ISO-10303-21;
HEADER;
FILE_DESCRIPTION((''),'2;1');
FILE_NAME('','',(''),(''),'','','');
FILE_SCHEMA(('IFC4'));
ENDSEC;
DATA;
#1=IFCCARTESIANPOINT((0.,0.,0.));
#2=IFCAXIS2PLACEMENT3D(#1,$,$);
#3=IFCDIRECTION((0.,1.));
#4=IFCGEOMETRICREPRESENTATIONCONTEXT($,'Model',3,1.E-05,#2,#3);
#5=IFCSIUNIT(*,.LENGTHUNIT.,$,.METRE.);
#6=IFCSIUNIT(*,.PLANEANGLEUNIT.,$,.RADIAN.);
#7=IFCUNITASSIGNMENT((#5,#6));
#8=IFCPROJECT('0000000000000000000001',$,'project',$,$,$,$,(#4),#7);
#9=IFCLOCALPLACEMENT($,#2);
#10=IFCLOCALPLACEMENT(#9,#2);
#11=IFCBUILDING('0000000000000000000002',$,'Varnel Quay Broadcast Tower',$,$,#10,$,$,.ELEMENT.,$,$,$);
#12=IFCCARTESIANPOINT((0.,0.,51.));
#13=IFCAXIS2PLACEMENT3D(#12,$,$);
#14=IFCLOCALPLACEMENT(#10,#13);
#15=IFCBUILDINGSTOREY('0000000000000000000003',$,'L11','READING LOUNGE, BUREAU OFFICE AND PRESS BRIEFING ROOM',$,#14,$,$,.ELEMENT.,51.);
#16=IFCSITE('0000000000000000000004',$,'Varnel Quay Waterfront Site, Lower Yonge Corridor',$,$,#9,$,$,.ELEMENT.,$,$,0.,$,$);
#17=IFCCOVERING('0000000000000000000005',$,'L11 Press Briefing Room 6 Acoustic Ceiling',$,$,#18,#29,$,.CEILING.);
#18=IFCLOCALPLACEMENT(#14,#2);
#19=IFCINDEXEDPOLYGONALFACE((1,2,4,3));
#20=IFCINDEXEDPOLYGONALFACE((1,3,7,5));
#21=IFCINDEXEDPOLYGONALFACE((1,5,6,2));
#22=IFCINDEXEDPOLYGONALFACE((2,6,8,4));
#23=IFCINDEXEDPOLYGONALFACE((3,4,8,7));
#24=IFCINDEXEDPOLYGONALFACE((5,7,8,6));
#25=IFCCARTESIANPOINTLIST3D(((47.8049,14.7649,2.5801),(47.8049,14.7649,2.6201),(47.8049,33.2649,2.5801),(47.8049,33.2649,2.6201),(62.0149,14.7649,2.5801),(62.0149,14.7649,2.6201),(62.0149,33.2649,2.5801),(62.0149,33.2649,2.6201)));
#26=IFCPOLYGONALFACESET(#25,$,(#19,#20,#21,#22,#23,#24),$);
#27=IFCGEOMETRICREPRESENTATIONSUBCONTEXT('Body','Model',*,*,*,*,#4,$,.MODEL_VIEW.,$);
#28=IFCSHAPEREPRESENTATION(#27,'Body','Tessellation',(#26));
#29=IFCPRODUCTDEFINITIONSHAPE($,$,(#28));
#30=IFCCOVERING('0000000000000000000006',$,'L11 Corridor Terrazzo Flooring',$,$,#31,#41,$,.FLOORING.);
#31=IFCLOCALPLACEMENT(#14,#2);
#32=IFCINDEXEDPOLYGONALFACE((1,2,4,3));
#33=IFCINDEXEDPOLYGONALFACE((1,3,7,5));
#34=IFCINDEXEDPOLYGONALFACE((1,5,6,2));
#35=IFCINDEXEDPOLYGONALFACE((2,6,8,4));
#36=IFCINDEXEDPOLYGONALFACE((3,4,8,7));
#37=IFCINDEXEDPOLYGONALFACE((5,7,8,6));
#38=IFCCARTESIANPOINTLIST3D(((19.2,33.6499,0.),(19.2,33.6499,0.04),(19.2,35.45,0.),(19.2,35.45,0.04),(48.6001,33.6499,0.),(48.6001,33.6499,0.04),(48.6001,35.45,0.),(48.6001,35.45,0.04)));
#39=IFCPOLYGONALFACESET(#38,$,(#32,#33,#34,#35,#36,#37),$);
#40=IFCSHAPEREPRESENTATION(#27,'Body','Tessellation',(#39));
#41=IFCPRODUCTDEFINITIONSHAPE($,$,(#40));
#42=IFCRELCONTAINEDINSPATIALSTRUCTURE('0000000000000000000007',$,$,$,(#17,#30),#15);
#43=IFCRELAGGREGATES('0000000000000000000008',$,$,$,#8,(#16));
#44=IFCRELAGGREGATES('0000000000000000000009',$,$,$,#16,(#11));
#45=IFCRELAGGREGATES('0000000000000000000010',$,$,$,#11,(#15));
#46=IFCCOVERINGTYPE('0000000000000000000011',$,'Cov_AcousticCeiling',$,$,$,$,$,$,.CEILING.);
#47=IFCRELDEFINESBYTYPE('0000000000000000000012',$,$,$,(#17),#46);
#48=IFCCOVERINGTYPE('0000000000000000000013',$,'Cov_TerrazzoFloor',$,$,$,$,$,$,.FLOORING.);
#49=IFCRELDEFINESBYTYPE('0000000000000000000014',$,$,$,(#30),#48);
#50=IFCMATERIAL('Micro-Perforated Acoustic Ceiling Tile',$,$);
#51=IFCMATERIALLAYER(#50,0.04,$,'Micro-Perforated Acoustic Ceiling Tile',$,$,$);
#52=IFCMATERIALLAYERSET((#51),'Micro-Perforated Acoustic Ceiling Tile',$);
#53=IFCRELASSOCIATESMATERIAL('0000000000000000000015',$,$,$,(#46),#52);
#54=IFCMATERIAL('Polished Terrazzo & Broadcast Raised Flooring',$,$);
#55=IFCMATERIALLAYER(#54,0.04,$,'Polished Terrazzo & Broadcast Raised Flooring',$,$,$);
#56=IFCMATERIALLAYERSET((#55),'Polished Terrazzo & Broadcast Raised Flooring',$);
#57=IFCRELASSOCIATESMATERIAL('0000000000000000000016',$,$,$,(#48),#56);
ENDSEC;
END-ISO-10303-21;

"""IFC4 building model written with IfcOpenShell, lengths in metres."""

from ifc_helpers import new_model, si_unit, direction, frame, origin, place, context, subcontext, project, spatial, polyline, outline, extrude, material, layer, layer_set, type_object, element, save


model = new_model("IFC4")

# Units and contexts
model_context = context("Model", 3, precision=1e-05, world=origin(), true_north=direction((0.0, 1.0)))
body_context = subcontext(model_context, "Body", "Model", "MODEL_VIEW")
ifc_project = project(units=[si_unit("LENGTHUNIT", "METRE"), si_unit("PLANEANGLEUNIT", "RADIAN")], contexts=[model_context])

# Site, building, storey
site_placement = place(None, origin())
site = spatial("IfcSite", under=ifc_project, at=site_placement, Name="Varnel Quay Waterfront Site, Lower Yonge Corridor", CompositionType="ELEMENT", RefElevation=0.0)
building_placement = place(site_placement, origin())
building = spatial("IfcBuilding", under=site, at=building_placement, Name="Varnel Quay Broadcast Tower", CompositionType="ELEMENT")
storey_placement = place(building_placement, frame((0.0, 0.0, 51.0)))
storey = spatial("IfcBuildingStorey", under=building, at=storey_placement, Name="L11", Description="READING LOUNGE, BUREAU OFFICE AND PRESS BRIEFING ROOM", CompositionType="ELEMENT", Elevation=51.0)

# Coverings
ifc_material_1 = material(Name="Micro-Perforated Acoustic Ceiling Tile")
ifc_layer_1 = layer(ifc_material_1, 0.04, Name="Micro-Perforated Acoustic Ceiling Tile")
ifc_layer_set_1 = layer_set([ifc_layer_1], Name="Micro-Perforated Acoustic Ceiling Tile")
covering_type_1 = type_object("IfcCoveringType", Name="Cov_AcousticCeiling", PredefinedType="CEILING", material=ifc_layer_set_1)
covering_1_placement = place(storey_placement, frame((0.0, 0.0, 2.5801)))
element("IfcCovering", 1, at=covering_1_placement, inside=storey, type_object=covering_type_1, Name="L11 Press Briefing Room 6 Acoustic Ceiling", PredefinedType="CEILING", context=body_context, shape_type="SweptSolid", body=[
    extrude(outline(polyline([(47.8049, 14.7649), (62.0149, 14.7649), (62.0149, 33.2649), (47.8049, 33.2649), (47.8049, 14.7649)])), origin(), (0.0, 0.0, 1.0), 0.04),
])
ifc_material_2 = material(Name="Polished Terrazzo & Broadcast Raised Flooring")
ifc_layer_2 = layer(ifc_material_2, 0.04, Name="Polished Terrazzo & Broadcast Raised Flooring")
ifc_layer_set_2 = layer_set([ifc_layer_2], Name="Polished Terrazzo & Broadcast Raised Flooring")
covering_type_2 = type_object("IfcCoveringType", Name="Cov_TerrazzoFloor", PredefinedType="FLOORING", material=ifc_layer_set_2)
covering_2_placement = place(storey_placement, origin())
element("IfcCovering", 2, at=covering_2_placement, inside=storey, type_object=covering_type_2, Name="L11 Corridor Terrazzo Flooring", PredefinedType="FLOORING", context=body_context, shape_type="SweptSolid", body=[
    extrude(outline(polyline([(19.2, 33.6499), (48.6001, 33.6499), (48.6001, 35.45), (19.2, 35.45), (19.2, 33.6499)])), origin(), (0.0, 0.0, 1.0), 0.04),
])

save(model, "model.ifc")
